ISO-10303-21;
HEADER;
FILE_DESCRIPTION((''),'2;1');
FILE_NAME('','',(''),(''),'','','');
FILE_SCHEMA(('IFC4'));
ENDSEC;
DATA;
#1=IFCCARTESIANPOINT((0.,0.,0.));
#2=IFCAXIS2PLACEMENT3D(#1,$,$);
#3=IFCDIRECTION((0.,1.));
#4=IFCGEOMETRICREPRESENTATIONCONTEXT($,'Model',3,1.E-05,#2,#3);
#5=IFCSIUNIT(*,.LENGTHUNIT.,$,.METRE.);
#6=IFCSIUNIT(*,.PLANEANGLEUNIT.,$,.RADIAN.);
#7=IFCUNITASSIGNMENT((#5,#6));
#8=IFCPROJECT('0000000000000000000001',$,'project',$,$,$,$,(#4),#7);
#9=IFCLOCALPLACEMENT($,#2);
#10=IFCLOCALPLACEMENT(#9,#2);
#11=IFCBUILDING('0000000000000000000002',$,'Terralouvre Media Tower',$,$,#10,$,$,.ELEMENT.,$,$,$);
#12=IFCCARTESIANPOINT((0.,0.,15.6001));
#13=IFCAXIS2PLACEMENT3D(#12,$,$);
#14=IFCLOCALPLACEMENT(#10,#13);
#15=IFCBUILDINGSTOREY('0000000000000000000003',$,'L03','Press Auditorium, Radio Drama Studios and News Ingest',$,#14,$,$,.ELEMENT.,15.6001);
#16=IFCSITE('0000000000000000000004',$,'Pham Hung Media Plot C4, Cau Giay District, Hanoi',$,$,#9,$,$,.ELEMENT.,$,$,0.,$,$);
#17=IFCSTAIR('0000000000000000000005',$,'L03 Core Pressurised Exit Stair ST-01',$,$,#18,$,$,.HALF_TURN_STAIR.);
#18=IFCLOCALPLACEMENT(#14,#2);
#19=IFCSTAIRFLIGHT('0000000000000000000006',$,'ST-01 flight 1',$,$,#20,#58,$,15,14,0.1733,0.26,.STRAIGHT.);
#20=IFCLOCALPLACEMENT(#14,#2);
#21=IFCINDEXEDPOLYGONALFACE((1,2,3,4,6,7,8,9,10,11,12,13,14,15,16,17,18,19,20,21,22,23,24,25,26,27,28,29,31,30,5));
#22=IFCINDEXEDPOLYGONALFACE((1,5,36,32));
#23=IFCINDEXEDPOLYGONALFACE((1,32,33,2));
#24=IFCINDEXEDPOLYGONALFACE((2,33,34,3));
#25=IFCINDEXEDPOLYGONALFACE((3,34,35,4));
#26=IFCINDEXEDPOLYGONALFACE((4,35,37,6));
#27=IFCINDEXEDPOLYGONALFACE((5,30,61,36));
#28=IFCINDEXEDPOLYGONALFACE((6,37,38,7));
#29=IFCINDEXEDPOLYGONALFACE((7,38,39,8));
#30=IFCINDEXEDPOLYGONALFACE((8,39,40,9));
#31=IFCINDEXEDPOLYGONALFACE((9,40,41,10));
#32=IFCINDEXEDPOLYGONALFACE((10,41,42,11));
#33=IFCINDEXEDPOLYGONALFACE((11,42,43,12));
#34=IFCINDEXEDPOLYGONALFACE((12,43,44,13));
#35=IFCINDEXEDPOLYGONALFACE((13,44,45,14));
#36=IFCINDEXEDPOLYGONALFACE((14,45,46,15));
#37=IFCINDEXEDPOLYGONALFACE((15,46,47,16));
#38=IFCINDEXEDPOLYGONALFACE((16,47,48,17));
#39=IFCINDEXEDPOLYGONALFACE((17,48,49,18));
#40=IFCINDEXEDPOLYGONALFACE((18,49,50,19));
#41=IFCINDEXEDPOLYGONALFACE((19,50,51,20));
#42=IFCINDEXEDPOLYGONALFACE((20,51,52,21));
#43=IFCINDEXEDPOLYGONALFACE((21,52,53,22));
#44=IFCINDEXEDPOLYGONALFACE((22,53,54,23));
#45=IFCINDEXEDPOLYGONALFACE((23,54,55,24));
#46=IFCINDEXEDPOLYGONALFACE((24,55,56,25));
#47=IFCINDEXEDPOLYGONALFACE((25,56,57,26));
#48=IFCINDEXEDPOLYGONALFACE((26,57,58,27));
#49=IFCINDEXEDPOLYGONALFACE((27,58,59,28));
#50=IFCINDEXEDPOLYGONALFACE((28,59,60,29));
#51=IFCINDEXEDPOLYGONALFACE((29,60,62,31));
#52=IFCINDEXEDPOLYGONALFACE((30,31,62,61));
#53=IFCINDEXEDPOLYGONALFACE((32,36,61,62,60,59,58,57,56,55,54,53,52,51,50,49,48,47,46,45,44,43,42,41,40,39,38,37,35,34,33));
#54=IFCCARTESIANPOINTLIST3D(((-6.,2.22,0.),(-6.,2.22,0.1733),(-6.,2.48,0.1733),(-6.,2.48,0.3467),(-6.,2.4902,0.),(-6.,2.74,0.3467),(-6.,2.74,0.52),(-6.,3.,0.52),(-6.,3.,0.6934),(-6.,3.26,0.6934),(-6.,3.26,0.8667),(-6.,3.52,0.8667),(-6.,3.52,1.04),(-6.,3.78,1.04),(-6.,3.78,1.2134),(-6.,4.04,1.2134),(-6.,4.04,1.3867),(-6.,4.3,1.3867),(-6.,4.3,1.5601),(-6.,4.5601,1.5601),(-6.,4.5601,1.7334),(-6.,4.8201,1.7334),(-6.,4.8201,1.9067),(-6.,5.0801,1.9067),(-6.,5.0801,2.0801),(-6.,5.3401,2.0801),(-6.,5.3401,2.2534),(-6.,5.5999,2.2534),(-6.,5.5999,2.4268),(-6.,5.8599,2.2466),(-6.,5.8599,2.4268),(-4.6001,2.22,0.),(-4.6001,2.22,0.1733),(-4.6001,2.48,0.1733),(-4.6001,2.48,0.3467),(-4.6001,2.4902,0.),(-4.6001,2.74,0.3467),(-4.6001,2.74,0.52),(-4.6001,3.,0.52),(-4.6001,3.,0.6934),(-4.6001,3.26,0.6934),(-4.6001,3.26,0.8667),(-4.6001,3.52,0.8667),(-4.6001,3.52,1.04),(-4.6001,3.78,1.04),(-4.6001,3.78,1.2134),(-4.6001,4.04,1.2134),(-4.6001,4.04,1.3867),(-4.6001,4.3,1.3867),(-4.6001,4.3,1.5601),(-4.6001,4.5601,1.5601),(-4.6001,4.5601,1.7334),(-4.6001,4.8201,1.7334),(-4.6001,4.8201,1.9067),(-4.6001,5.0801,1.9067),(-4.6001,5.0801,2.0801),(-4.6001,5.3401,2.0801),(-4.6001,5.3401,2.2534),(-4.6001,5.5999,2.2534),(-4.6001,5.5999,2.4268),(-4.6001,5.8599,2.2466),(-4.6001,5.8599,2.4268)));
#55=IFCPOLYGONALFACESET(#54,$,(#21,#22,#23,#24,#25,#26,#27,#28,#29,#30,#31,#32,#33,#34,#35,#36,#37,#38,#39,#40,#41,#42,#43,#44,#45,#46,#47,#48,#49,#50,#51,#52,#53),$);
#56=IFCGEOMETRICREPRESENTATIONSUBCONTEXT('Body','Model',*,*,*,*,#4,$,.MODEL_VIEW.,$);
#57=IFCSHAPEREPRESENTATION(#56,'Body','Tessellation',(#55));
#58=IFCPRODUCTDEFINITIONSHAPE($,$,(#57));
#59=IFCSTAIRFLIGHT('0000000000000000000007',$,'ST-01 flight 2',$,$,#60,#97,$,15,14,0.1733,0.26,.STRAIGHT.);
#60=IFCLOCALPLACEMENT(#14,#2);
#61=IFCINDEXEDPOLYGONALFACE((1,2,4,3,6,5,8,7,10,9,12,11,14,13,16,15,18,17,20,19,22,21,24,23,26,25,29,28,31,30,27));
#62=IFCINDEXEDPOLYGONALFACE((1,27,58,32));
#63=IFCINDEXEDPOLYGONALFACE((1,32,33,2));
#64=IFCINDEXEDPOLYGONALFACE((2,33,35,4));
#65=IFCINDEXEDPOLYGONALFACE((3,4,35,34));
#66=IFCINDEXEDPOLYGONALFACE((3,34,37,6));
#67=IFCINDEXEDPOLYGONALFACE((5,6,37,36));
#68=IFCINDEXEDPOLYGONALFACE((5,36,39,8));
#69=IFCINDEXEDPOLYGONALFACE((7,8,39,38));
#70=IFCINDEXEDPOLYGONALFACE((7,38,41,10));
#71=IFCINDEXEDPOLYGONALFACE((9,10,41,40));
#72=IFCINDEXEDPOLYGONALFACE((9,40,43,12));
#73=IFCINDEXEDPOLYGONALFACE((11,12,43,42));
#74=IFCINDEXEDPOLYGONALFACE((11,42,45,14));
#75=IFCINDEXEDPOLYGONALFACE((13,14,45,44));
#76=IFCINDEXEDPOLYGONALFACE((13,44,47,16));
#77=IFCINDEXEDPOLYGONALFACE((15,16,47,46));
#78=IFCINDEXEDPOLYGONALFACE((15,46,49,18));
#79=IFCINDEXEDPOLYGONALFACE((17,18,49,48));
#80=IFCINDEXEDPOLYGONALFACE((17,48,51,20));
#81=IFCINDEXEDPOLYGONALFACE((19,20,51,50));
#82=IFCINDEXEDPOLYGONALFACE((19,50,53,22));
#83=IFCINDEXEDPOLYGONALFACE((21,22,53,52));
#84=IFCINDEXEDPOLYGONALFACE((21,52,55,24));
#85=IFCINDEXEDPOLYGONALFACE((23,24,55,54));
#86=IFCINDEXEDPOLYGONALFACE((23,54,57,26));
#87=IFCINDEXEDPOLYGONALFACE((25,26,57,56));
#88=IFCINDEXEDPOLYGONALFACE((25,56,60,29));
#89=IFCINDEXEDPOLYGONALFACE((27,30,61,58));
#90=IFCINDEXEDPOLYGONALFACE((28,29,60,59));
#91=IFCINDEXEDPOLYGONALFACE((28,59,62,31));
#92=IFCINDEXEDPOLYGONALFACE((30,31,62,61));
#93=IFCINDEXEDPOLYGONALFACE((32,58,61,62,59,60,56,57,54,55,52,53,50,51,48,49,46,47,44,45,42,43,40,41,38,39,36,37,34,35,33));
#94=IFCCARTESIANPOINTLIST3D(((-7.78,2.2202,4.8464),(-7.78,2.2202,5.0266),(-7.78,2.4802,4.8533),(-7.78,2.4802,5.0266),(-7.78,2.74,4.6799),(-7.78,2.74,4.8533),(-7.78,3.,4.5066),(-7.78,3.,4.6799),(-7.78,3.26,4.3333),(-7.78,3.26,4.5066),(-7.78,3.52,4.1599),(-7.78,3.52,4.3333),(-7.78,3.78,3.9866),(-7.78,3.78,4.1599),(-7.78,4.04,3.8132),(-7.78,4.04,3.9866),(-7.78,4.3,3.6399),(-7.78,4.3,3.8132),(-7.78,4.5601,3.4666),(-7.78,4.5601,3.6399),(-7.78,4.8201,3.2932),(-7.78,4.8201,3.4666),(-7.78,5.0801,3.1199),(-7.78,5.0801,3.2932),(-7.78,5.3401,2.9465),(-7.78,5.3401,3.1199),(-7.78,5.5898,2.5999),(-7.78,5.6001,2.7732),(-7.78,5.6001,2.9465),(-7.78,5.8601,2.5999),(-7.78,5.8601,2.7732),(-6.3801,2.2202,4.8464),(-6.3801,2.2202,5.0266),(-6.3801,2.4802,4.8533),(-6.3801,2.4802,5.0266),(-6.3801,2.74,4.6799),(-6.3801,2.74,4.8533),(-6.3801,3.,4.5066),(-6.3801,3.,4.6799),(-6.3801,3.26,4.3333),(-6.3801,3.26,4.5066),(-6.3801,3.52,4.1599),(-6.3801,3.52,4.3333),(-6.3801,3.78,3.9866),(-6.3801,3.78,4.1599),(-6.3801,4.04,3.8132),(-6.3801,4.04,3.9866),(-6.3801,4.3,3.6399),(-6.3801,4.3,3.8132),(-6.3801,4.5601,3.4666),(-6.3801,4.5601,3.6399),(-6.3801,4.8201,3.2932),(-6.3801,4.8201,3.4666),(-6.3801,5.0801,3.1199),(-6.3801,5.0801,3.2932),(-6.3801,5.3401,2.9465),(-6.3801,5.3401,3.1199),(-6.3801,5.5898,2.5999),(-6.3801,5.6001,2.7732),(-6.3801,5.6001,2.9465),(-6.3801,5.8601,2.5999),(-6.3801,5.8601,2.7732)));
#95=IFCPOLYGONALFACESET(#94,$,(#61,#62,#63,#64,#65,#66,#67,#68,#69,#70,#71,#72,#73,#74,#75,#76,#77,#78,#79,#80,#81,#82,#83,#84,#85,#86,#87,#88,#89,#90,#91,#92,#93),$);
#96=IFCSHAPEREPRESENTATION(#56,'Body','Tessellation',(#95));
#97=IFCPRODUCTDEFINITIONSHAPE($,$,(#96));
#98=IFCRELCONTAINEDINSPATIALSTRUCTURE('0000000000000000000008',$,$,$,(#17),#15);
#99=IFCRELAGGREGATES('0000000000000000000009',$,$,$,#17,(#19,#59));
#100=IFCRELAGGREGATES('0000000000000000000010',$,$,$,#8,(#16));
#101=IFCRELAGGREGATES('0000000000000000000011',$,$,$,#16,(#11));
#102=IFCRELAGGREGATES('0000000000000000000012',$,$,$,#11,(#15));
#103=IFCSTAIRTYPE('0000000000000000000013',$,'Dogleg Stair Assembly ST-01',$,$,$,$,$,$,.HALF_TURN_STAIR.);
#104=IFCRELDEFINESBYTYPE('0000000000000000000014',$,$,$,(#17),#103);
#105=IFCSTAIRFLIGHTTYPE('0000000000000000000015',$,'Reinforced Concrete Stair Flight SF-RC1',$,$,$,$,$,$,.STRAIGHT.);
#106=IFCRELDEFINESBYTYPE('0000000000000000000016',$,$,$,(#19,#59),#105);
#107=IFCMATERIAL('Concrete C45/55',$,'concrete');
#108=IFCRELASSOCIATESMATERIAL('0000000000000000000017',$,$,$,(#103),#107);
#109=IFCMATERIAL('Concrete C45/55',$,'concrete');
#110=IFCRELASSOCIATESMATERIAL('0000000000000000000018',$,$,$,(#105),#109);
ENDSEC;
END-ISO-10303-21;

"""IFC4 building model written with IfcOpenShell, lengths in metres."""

from ifc_helpers import new_model, si_unit, direction, frame, origin, place, context, subcontext, project, spatial, polyline, outline, extrude, material, type_object, element, aggregate, save


model = new_model("IFC4")

# Units and contexts
model_context = context("Model", 3, precision=1e-05, world=origin(), true_north=direction((0.0, 1.0)))
body_context = subcontext(model_context, "Body", "Model", "MODEL_VIEW")
ifc_project = project(units=[si_unit("LENGTHUNIT", "METRE"), si_unit("PLANEANGLEUNIT", "RADIAN")], contexts=[model_context])

# Site, building, storey
site_placement = place(None, origin())
site = spatial("IfcSite", under=ifc_project, at=site_placement, Name="Pham Hung Media Plot C4, Cau Giay District, Hanoi", CompositionType="ELEMENT", RefElevation=0.0)
building_placement = place(site_placement, origin())
building = spatial("IfcBuilding", under=site, at=building_placement, Name="Terralouvre Media Tower", CompositionType="ELEMENT")
storey_placement = place(building_placement, frame((0.0, 0.0, 15.6001)))
storey = spatial("IfcBuildingStorey", under=building, at=storey_placement, Name="L03", Description="Press Auditorium, Radio Drama Studios and News Ingest", CompositionType="ELEMENT", Elevation=15.6001)

# Stair, stair flights
ifc_material_1 = material(Name="Concrete C45/55", Category="concrete")
stair_type = type_object("IfcStairType", Name="Dogleg Stair Assembly ST-01", PredefinedType="HALF_TURN_STAIR", material=ifc_material_1)
stair_placement = place(storey_placement, origin())
stair = element("IfcStair", 1, at=stair_placement, inside=storey, type_object=stair_type, Name="L03 Core Pressurised Exit Stair ST-01", PredefinedType="HALF_TURN_STAIR")
ifc_material_2 = material(Name="Concrete C45/55", Category="concrete")
stair_flight_type = type_object("IfcStairFlightType", Name="Reinforced Concrete Stair Flight SF-RC1", PredefinedType="STRAIGHT", material=ifc_material_2)
stair_flight_1_placement = place(storey_placement, frame((-5.3, 2.22, 0.0), z_axis=(0.0, 0.0, 1.0), x_axis=(0.0, 1.0, 0.0)))
stair_flight_1 = element("IfcStairFlight", 2, at=stair_flight_1_placement, type_object=stair_flight_type, Name="ST-01 flight 1", NumberOfRisers=15, NumberOfTreads=14, PredefinedType="STRAIGHT", RiserHeight=0.1733, TreadLength=0.26, context=body_context, shape_type="SweptSolid", body=[
    extrude(outline(polyline([(0.0, 0.0), (0.0, 0.1733), (0.26, 0.1733), (0.26, 0.3467), (0.52, 0.3467), (0.52, 0.52), (0.78, 0.52), (0.78, 0.6934), (1.04, 0.6934), (1.04, 0.8667), (1.3, 0.8667), (1.3, 1.04), (1.5601, 1.04), (1.5601, 1.2134), (1.8201, 1.2134), (1.8201, 1.3867), (2.0801, 1.3867), (2.0801, 1.5601), (2.3401, 1.5601), (2.3401, 1.7334), (2.6001, 1.7334), (2.6001, 1.9067), (2.8601, 1.9067), (2.8601, 2.0801), (3.1201, 2.0801), (3.1201, 2.2534), (3.3799, 2.2534), (3.3799, 2.4268), (3.6399, 2.4268), (3.6399, 2.6001), (3.6399, 2.2466), (0.2703, 0.0), (0.0, 0.0)])), frame((0.0, 0.7, 0.0), z_axis=(0.0, -1.0, 0.0), x_axis=(1.0, 0.0, 0.0)), (0.0, 0.0, 1.0), 1.3999),
])
stair_flight_2_placement = place(storey_placement, frame((-7.0801, 5.8601, 2.5999), z_axis=(0.0, 0.0, 1.0), x_axis=(0.0, -1.0, 0.0)))
stair_flight_2 = element("IfcStairFlight", 3, at=stair_flight_2_placement, type_object=stair_flight_type, Name="ST-01 flight 2", NumberOfRisers=15, NumberOfTreads=14, PredefinedType="STRAIGHT", RiserHeight=0.1733, TreadLength=0.26, context=body_context, shape_type="SweptSolid", body=[
    extrude(outline(polyline([(0.0, 0.0), (0.0, 0.1733), (0.26, 0.1733), (0.26, 0.3467), (0.52, 0.3467), (0.52, 0.52), (0.78, 0.52), (0.78, 0.6934), (1.04, 0.6934), (1.04, 0.8667), (1.3, 0.8667), (1.3, 1.04), (1.5601, 1.04), (1.5601, 1.2134), (1.8201, 1.2134), (1.8201, 1.3867), (2.0801, 1.3867), (2.0801, 1.5601), (2.3401, 1.5601), (2.3401, 1.7334), (2.6001, 1.7334), (2.6001, 1.9067), (2.8601, 1.9067), (2.8601, 2.0801), (3.1201, 2.0801), (3.1201, 2.2534), (3.3799, 2.2534), (3.3799, 2.4268), (3.6399, 2.4268), (3.6399, 2.6001), (3.6399, 2.2466), (0.2703, 0.0), (0.0, 0.0)])), frame((0.0, 0.7, 0.0), z_axis=(0.0, -1.0, 0.0), x_axis=(1.0, 0.0, 0.0)), (0.0, 0.0, 1.0), 1.3999),
])
aggregate(stair, [stair_flight_1, stair_flight_2])

save(model, "model.ifc")
